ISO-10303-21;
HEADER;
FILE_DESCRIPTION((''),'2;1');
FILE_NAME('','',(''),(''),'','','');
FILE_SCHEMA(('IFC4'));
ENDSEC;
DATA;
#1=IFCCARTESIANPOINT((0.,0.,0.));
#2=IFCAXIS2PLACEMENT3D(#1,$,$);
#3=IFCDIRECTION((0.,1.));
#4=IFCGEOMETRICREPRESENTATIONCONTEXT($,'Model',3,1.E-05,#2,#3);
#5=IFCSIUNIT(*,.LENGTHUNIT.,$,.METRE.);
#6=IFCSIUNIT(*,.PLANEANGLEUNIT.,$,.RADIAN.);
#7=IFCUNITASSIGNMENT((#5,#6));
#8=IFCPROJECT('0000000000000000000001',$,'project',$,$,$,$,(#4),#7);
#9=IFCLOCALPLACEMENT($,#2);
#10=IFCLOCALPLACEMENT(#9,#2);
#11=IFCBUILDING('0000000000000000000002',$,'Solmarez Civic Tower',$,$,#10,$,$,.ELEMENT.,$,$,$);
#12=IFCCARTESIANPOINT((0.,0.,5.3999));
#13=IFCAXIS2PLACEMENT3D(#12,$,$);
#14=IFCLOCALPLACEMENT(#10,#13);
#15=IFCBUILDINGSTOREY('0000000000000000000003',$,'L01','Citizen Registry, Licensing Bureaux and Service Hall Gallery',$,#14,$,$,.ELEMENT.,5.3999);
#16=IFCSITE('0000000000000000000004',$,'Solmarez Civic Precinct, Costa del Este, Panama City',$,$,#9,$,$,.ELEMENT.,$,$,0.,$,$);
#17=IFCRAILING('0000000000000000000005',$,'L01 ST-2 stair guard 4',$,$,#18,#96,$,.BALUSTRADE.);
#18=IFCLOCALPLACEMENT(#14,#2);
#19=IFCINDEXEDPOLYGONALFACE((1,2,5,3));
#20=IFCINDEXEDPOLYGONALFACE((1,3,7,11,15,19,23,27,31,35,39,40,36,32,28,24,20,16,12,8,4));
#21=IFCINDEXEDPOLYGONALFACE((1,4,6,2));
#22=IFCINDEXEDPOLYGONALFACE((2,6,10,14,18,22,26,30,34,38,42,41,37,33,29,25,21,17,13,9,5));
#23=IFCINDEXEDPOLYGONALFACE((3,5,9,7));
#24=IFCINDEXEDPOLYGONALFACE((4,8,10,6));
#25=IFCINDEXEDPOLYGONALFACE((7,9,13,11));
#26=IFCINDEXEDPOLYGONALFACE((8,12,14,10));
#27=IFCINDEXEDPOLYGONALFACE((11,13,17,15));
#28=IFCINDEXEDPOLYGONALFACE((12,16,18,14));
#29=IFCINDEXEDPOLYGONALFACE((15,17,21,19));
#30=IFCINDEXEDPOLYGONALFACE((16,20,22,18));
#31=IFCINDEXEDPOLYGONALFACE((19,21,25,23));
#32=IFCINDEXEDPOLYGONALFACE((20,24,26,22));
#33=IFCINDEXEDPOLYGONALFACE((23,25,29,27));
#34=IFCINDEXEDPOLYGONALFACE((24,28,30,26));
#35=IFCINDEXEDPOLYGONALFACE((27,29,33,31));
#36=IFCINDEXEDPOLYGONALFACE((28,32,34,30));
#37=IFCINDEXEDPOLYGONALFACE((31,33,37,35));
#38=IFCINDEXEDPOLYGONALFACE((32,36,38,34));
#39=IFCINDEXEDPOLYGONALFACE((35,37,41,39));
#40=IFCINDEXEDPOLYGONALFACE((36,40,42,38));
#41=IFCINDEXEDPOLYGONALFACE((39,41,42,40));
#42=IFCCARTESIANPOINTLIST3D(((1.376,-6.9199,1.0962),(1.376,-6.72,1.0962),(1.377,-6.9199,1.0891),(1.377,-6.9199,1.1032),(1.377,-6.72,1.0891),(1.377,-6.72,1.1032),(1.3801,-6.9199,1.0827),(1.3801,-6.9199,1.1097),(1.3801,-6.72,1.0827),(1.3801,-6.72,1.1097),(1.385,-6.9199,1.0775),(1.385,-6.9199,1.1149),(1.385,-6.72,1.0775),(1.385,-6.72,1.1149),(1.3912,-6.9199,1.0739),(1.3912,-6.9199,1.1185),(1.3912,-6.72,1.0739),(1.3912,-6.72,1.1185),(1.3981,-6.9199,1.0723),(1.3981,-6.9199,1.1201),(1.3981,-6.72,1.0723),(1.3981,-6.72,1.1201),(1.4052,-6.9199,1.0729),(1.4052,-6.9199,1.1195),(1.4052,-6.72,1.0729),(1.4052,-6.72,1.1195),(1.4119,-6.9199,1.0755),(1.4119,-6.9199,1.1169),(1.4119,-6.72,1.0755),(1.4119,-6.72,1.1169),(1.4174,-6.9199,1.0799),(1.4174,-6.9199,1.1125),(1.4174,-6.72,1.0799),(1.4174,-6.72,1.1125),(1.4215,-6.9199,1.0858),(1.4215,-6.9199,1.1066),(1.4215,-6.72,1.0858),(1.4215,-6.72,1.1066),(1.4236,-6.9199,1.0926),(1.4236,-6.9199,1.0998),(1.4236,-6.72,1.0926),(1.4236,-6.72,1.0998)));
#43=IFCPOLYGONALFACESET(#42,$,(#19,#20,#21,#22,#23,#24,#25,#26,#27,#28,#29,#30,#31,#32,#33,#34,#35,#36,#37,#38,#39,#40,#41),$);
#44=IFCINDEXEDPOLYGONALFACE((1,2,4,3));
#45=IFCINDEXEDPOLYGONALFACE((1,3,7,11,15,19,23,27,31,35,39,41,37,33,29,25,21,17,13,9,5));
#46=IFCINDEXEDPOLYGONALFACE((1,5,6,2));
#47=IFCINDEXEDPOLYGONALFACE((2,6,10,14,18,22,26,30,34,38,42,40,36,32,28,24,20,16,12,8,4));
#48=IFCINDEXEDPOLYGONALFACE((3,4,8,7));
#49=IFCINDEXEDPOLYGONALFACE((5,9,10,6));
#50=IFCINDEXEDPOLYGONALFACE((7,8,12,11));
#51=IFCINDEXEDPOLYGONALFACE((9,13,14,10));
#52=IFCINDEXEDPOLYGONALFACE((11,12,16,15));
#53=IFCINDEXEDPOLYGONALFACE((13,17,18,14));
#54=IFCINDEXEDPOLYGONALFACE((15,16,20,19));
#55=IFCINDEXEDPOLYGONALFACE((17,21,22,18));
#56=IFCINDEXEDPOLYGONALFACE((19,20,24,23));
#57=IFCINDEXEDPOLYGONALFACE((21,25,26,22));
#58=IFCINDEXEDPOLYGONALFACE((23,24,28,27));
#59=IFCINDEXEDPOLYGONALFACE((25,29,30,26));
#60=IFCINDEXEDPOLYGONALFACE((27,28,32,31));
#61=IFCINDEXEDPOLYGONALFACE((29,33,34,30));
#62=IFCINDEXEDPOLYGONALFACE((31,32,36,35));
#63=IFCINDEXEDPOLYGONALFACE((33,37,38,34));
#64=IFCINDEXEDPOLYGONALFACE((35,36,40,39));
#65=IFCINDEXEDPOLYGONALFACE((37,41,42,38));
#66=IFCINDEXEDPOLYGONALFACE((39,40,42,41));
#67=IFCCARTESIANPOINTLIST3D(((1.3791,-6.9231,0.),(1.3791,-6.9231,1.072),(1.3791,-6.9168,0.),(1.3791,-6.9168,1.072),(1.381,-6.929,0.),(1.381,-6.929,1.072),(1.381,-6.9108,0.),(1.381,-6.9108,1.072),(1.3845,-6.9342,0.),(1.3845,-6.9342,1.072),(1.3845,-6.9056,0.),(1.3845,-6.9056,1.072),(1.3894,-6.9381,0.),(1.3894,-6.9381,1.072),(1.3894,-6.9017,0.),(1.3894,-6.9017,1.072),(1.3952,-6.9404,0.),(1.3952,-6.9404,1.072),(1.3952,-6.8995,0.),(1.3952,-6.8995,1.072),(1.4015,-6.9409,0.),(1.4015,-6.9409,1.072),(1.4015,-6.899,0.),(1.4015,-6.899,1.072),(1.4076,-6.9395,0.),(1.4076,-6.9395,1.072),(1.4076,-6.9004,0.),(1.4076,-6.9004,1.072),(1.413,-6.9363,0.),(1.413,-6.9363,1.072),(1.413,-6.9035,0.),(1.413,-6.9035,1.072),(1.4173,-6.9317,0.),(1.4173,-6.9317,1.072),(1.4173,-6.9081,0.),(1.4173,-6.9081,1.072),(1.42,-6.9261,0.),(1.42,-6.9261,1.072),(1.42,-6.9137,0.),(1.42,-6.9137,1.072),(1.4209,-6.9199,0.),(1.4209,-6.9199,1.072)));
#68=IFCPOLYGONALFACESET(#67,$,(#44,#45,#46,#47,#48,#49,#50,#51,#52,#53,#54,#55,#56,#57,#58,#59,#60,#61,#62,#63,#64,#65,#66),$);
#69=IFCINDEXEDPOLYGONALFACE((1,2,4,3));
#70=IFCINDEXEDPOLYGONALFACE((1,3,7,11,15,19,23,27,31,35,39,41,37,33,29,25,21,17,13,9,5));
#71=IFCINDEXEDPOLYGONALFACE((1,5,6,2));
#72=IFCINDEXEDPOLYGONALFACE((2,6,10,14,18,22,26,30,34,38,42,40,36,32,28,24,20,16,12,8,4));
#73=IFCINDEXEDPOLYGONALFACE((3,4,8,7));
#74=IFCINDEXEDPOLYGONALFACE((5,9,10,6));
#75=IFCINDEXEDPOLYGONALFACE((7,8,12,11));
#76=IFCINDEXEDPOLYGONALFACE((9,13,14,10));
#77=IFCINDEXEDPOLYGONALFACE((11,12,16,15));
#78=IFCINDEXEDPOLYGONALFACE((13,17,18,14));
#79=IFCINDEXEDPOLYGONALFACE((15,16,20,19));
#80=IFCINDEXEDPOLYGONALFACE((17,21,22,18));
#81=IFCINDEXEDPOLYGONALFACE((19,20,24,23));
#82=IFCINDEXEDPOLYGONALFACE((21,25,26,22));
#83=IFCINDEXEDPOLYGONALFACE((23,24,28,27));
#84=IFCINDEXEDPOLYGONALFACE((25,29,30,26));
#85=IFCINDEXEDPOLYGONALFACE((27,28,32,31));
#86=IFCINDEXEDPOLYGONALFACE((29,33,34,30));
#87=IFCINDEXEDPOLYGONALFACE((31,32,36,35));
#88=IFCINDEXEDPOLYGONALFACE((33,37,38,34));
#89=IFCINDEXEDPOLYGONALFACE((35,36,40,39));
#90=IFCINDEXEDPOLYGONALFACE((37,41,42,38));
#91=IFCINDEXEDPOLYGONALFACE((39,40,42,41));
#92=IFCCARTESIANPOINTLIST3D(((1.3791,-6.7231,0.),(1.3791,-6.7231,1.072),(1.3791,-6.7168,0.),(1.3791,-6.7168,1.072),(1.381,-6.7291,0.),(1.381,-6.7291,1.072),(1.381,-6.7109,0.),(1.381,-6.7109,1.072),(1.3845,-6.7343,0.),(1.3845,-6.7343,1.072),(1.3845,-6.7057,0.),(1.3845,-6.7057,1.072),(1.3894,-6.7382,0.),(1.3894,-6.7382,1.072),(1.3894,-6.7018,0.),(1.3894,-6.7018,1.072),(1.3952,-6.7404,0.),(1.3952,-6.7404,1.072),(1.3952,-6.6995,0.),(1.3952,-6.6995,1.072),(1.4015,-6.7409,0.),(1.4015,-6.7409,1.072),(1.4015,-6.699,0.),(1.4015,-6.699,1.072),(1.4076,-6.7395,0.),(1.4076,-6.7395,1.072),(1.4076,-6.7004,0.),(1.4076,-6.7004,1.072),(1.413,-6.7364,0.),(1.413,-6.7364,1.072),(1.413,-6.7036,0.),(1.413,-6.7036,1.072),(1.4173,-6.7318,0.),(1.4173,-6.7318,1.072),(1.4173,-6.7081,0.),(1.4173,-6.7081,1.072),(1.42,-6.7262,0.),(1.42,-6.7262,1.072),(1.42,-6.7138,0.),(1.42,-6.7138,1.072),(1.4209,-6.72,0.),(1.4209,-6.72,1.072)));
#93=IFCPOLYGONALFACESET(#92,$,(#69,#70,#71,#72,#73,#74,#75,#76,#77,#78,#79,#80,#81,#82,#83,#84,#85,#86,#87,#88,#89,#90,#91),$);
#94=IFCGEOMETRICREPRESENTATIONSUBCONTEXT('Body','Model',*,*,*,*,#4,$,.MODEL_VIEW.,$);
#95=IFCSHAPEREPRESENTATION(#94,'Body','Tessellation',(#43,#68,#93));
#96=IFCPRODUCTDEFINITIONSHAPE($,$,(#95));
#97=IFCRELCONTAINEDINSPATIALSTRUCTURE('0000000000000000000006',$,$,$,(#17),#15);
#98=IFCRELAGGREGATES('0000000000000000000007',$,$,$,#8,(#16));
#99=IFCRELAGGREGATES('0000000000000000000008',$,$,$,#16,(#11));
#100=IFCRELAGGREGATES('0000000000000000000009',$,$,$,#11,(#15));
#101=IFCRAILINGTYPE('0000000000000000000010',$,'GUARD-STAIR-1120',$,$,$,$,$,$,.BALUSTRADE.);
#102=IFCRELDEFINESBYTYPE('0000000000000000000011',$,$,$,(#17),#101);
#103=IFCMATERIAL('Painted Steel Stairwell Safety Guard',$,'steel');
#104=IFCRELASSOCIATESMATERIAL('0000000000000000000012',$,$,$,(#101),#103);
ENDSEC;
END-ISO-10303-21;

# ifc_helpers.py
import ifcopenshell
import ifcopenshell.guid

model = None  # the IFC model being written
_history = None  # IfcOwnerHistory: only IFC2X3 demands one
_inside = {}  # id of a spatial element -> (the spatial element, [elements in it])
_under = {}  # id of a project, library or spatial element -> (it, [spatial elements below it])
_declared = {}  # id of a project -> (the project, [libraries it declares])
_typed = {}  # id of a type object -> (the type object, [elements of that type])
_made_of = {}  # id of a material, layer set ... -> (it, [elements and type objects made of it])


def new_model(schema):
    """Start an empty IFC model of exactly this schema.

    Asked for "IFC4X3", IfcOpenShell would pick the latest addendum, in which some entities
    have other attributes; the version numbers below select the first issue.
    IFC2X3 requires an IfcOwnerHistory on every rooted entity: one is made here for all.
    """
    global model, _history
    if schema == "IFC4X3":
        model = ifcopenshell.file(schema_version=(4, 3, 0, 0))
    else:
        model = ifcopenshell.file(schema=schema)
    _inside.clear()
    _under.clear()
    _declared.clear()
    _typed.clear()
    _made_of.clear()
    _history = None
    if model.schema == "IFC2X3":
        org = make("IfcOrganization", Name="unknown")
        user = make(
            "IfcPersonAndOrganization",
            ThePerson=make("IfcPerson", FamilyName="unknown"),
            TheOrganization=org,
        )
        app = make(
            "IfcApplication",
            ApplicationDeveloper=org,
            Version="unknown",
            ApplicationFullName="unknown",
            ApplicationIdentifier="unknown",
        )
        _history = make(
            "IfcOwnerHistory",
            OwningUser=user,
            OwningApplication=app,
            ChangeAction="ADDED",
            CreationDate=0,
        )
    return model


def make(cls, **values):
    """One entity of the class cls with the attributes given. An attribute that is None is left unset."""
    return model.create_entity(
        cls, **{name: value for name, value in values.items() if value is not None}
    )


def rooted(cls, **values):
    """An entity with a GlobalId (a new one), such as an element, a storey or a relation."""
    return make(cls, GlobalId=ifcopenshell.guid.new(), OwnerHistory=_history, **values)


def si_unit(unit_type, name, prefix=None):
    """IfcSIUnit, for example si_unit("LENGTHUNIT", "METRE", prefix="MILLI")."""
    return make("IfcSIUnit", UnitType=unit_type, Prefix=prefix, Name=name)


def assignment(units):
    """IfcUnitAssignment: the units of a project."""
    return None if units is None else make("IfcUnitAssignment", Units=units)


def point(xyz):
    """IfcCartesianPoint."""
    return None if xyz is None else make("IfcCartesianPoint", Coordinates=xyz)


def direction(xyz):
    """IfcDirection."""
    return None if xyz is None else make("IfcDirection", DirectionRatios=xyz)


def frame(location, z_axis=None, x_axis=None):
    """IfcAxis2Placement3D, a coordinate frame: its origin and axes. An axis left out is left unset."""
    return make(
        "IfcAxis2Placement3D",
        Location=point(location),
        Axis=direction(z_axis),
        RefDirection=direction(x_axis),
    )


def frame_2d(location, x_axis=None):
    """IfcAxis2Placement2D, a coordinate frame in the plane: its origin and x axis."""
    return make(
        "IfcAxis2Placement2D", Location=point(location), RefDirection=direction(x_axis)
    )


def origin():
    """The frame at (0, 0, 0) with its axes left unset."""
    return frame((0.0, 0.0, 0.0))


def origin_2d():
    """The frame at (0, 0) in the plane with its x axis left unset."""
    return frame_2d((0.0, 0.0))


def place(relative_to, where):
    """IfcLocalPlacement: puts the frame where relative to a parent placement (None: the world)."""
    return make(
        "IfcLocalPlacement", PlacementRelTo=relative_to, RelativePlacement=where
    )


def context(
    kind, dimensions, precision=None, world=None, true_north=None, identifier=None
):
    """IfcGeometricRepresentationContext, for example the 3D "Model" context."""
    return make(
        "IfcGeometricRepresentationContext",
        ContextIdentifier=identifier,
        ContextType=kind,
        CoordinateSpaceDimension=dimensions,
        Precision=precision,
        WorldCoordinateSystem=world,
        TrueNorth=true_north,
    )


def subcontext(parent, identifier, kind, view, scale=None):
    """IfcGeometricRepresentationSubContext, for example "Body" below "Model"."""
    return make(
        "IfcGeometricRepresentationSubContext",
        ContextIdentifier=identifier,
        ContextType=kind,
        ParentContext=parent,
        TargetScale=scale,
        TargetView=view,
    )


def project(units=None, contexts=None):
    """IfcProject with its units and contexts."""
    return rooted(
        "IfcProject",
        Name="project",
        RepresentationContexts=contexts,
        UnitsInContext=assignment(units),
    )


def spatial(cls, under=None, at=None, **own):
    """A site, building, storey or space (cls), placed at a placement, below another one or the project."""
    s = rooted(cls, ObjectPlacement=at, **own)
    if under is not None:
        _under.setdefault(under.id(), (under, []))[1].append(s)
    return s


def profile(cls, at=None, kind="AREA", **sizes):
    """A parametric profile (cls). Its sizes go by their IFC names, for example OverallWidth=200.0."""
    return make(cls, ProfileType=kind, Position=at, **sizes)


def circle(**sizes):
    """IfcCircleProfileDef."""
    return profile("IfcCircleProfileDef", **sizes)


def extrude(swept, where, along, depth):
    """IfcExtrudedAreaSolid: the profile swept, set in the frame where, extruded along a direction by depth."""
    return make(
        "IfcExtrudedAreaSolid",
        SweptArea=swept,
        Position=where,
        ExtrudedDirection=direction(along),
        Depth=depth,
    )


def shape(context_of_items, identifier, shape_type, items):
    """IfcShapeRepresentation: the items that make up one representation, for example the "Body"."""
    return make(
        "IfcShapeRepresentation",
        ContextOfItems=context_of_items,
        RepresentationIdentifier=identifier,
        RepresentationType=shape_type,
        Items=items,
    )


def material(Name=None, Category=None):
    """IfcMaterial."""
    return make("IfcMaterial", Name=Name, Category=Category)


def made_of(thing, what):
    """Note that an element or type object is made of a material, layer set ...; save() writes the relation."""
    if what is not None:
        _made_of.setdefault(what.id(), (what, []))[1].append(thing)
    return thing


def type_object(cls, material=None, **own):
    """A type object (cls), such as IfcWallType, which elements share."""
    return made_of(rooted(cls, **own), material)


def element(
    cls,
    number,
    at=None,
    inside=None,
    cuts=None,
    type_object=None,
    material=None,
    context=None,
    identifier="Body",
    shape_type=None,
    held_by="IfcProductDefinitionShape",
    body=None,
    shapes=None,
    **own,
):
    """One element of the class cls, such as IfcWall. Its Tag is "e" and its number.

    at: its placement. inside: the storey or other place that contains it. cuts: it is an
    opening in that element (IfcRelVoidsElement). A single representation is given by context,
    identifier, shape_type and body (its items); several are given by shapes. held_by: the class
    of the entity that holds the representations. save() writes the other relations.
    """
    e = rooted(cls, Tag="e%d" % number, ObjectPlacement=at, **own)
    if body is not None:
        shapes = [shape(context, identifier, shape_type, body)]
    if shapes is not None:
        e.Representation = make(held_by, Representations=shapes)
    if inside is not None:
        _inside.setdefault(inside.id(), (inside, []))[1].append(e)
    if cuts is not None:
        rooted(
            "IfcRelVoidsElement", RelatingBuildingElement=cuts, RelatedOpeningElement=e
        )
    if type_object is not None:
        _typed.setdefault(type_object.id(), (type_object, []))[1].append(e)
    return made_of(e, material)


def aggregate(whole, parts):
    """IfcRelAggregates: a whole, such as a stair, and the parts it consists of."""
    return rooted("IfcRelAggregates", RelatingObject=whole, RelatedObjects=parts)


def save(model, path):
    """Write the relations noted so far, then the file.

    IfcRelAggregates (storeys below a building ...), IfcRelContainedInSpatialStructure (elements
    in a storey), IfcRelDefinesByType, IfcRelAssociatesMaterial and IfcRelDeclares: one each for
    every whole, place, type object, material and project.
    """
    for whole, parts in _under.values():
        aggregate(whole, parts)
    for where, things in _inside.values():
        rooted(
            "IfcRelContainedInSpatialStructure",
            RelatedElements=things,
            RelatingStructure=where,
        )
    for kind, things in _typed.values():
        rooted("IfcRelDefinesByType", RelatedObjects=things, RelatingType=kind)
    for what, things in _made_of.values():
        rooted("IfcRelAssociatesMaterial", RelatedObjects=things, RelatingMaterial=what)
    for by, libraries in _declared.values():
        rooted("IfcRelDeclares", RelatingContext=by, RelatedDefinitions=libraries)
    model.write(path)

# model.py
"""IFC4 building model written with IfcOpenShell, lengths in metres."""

from ifc_helpers import new_model, si_unit, direction, frame, origin, origin_2d, place, context, subcontext, project, spatial, circle, extrude, material, type_object, element, save


model = new_model("IFC4")

# Units and contexts
model_context = context("Model", 3, precision=1e-05, world=origin(), true_north=direction((0.0, 1.0)))
body_context = subcontext(model_context, "Body", "Model", "MODEL_VIEW")
ifc_project = project(units=[si_unit("LENGTHUNIT", "METRE"), si_unit("PLANEANGLEUNIT", "RADIAN")], contexts=[model_context])

# Site, building, storey
site_placement = place(None, origin())
site = spatial("IfcSite", under=ifc_project, at=site_placement, Name="Solmarez Civic Precinct, Costa del Este, Panama City", CompositionType="ELEMENT", RefElevation=0.0)
building_placement = place(site_placement, origin())
building = spatial("IfcBuilding", under=site, at=building_placement, Name="Solmarez Civic Tower", CompositionType="ELEMENT")
storey_placement = place(building_placement, frame((0.0, 0.0, 5.3999)))
storey = spatial("IfcBuildingStorey", under=building, at=storey_placement, Name="L01", Description="Citizen Registry, Licensing Bureaux and Service Hall Gallery", CompositionType="ELEMENT", Elevation=5.3999)

# Railing
ifc_material_1 = material(Name="Painted Steel Stairwell Safety Guard", Category="steel")
railing_type_1 = type_object("IfcRailingType", Name="GUARD-STAIR-1120", PredefinedType="BALUSTRADE", material=ifc_material_1)
railing_1_placement = place(storey_placement, frame((1.3999, -6.9199, 0.0)))
element("IfcRailing", 1, at=railing_1_placement, inside=storey, type_object=railing_type_1, Name="L01 ST-2 stair guard 4", PredefinedType="BALUSTRADE", context=body_context, shape_type="SweptSolid", body=[
    extrude(circle(Radius=0.0239, at=origin_2d()), frame((0.0, 0.0, 1.0962), z_axis=(0.0, 1.0, 0.0), x_axis=(-1.0, 0.0, 0.0)), (0.0, 0.0, 1.0), 0.2),
    extrude(circle(Radius=0.021, at=origin_2d()), origin(), (0.0, 0.0, 1.0), 1.072),
    extrude(circle(Radius=0.021, at=origin_2d()), frame((0.0, 0.2, 0.0)), (0.0, 0.0, 1.0), 1.072),
])

save(model, "model.ifc")
